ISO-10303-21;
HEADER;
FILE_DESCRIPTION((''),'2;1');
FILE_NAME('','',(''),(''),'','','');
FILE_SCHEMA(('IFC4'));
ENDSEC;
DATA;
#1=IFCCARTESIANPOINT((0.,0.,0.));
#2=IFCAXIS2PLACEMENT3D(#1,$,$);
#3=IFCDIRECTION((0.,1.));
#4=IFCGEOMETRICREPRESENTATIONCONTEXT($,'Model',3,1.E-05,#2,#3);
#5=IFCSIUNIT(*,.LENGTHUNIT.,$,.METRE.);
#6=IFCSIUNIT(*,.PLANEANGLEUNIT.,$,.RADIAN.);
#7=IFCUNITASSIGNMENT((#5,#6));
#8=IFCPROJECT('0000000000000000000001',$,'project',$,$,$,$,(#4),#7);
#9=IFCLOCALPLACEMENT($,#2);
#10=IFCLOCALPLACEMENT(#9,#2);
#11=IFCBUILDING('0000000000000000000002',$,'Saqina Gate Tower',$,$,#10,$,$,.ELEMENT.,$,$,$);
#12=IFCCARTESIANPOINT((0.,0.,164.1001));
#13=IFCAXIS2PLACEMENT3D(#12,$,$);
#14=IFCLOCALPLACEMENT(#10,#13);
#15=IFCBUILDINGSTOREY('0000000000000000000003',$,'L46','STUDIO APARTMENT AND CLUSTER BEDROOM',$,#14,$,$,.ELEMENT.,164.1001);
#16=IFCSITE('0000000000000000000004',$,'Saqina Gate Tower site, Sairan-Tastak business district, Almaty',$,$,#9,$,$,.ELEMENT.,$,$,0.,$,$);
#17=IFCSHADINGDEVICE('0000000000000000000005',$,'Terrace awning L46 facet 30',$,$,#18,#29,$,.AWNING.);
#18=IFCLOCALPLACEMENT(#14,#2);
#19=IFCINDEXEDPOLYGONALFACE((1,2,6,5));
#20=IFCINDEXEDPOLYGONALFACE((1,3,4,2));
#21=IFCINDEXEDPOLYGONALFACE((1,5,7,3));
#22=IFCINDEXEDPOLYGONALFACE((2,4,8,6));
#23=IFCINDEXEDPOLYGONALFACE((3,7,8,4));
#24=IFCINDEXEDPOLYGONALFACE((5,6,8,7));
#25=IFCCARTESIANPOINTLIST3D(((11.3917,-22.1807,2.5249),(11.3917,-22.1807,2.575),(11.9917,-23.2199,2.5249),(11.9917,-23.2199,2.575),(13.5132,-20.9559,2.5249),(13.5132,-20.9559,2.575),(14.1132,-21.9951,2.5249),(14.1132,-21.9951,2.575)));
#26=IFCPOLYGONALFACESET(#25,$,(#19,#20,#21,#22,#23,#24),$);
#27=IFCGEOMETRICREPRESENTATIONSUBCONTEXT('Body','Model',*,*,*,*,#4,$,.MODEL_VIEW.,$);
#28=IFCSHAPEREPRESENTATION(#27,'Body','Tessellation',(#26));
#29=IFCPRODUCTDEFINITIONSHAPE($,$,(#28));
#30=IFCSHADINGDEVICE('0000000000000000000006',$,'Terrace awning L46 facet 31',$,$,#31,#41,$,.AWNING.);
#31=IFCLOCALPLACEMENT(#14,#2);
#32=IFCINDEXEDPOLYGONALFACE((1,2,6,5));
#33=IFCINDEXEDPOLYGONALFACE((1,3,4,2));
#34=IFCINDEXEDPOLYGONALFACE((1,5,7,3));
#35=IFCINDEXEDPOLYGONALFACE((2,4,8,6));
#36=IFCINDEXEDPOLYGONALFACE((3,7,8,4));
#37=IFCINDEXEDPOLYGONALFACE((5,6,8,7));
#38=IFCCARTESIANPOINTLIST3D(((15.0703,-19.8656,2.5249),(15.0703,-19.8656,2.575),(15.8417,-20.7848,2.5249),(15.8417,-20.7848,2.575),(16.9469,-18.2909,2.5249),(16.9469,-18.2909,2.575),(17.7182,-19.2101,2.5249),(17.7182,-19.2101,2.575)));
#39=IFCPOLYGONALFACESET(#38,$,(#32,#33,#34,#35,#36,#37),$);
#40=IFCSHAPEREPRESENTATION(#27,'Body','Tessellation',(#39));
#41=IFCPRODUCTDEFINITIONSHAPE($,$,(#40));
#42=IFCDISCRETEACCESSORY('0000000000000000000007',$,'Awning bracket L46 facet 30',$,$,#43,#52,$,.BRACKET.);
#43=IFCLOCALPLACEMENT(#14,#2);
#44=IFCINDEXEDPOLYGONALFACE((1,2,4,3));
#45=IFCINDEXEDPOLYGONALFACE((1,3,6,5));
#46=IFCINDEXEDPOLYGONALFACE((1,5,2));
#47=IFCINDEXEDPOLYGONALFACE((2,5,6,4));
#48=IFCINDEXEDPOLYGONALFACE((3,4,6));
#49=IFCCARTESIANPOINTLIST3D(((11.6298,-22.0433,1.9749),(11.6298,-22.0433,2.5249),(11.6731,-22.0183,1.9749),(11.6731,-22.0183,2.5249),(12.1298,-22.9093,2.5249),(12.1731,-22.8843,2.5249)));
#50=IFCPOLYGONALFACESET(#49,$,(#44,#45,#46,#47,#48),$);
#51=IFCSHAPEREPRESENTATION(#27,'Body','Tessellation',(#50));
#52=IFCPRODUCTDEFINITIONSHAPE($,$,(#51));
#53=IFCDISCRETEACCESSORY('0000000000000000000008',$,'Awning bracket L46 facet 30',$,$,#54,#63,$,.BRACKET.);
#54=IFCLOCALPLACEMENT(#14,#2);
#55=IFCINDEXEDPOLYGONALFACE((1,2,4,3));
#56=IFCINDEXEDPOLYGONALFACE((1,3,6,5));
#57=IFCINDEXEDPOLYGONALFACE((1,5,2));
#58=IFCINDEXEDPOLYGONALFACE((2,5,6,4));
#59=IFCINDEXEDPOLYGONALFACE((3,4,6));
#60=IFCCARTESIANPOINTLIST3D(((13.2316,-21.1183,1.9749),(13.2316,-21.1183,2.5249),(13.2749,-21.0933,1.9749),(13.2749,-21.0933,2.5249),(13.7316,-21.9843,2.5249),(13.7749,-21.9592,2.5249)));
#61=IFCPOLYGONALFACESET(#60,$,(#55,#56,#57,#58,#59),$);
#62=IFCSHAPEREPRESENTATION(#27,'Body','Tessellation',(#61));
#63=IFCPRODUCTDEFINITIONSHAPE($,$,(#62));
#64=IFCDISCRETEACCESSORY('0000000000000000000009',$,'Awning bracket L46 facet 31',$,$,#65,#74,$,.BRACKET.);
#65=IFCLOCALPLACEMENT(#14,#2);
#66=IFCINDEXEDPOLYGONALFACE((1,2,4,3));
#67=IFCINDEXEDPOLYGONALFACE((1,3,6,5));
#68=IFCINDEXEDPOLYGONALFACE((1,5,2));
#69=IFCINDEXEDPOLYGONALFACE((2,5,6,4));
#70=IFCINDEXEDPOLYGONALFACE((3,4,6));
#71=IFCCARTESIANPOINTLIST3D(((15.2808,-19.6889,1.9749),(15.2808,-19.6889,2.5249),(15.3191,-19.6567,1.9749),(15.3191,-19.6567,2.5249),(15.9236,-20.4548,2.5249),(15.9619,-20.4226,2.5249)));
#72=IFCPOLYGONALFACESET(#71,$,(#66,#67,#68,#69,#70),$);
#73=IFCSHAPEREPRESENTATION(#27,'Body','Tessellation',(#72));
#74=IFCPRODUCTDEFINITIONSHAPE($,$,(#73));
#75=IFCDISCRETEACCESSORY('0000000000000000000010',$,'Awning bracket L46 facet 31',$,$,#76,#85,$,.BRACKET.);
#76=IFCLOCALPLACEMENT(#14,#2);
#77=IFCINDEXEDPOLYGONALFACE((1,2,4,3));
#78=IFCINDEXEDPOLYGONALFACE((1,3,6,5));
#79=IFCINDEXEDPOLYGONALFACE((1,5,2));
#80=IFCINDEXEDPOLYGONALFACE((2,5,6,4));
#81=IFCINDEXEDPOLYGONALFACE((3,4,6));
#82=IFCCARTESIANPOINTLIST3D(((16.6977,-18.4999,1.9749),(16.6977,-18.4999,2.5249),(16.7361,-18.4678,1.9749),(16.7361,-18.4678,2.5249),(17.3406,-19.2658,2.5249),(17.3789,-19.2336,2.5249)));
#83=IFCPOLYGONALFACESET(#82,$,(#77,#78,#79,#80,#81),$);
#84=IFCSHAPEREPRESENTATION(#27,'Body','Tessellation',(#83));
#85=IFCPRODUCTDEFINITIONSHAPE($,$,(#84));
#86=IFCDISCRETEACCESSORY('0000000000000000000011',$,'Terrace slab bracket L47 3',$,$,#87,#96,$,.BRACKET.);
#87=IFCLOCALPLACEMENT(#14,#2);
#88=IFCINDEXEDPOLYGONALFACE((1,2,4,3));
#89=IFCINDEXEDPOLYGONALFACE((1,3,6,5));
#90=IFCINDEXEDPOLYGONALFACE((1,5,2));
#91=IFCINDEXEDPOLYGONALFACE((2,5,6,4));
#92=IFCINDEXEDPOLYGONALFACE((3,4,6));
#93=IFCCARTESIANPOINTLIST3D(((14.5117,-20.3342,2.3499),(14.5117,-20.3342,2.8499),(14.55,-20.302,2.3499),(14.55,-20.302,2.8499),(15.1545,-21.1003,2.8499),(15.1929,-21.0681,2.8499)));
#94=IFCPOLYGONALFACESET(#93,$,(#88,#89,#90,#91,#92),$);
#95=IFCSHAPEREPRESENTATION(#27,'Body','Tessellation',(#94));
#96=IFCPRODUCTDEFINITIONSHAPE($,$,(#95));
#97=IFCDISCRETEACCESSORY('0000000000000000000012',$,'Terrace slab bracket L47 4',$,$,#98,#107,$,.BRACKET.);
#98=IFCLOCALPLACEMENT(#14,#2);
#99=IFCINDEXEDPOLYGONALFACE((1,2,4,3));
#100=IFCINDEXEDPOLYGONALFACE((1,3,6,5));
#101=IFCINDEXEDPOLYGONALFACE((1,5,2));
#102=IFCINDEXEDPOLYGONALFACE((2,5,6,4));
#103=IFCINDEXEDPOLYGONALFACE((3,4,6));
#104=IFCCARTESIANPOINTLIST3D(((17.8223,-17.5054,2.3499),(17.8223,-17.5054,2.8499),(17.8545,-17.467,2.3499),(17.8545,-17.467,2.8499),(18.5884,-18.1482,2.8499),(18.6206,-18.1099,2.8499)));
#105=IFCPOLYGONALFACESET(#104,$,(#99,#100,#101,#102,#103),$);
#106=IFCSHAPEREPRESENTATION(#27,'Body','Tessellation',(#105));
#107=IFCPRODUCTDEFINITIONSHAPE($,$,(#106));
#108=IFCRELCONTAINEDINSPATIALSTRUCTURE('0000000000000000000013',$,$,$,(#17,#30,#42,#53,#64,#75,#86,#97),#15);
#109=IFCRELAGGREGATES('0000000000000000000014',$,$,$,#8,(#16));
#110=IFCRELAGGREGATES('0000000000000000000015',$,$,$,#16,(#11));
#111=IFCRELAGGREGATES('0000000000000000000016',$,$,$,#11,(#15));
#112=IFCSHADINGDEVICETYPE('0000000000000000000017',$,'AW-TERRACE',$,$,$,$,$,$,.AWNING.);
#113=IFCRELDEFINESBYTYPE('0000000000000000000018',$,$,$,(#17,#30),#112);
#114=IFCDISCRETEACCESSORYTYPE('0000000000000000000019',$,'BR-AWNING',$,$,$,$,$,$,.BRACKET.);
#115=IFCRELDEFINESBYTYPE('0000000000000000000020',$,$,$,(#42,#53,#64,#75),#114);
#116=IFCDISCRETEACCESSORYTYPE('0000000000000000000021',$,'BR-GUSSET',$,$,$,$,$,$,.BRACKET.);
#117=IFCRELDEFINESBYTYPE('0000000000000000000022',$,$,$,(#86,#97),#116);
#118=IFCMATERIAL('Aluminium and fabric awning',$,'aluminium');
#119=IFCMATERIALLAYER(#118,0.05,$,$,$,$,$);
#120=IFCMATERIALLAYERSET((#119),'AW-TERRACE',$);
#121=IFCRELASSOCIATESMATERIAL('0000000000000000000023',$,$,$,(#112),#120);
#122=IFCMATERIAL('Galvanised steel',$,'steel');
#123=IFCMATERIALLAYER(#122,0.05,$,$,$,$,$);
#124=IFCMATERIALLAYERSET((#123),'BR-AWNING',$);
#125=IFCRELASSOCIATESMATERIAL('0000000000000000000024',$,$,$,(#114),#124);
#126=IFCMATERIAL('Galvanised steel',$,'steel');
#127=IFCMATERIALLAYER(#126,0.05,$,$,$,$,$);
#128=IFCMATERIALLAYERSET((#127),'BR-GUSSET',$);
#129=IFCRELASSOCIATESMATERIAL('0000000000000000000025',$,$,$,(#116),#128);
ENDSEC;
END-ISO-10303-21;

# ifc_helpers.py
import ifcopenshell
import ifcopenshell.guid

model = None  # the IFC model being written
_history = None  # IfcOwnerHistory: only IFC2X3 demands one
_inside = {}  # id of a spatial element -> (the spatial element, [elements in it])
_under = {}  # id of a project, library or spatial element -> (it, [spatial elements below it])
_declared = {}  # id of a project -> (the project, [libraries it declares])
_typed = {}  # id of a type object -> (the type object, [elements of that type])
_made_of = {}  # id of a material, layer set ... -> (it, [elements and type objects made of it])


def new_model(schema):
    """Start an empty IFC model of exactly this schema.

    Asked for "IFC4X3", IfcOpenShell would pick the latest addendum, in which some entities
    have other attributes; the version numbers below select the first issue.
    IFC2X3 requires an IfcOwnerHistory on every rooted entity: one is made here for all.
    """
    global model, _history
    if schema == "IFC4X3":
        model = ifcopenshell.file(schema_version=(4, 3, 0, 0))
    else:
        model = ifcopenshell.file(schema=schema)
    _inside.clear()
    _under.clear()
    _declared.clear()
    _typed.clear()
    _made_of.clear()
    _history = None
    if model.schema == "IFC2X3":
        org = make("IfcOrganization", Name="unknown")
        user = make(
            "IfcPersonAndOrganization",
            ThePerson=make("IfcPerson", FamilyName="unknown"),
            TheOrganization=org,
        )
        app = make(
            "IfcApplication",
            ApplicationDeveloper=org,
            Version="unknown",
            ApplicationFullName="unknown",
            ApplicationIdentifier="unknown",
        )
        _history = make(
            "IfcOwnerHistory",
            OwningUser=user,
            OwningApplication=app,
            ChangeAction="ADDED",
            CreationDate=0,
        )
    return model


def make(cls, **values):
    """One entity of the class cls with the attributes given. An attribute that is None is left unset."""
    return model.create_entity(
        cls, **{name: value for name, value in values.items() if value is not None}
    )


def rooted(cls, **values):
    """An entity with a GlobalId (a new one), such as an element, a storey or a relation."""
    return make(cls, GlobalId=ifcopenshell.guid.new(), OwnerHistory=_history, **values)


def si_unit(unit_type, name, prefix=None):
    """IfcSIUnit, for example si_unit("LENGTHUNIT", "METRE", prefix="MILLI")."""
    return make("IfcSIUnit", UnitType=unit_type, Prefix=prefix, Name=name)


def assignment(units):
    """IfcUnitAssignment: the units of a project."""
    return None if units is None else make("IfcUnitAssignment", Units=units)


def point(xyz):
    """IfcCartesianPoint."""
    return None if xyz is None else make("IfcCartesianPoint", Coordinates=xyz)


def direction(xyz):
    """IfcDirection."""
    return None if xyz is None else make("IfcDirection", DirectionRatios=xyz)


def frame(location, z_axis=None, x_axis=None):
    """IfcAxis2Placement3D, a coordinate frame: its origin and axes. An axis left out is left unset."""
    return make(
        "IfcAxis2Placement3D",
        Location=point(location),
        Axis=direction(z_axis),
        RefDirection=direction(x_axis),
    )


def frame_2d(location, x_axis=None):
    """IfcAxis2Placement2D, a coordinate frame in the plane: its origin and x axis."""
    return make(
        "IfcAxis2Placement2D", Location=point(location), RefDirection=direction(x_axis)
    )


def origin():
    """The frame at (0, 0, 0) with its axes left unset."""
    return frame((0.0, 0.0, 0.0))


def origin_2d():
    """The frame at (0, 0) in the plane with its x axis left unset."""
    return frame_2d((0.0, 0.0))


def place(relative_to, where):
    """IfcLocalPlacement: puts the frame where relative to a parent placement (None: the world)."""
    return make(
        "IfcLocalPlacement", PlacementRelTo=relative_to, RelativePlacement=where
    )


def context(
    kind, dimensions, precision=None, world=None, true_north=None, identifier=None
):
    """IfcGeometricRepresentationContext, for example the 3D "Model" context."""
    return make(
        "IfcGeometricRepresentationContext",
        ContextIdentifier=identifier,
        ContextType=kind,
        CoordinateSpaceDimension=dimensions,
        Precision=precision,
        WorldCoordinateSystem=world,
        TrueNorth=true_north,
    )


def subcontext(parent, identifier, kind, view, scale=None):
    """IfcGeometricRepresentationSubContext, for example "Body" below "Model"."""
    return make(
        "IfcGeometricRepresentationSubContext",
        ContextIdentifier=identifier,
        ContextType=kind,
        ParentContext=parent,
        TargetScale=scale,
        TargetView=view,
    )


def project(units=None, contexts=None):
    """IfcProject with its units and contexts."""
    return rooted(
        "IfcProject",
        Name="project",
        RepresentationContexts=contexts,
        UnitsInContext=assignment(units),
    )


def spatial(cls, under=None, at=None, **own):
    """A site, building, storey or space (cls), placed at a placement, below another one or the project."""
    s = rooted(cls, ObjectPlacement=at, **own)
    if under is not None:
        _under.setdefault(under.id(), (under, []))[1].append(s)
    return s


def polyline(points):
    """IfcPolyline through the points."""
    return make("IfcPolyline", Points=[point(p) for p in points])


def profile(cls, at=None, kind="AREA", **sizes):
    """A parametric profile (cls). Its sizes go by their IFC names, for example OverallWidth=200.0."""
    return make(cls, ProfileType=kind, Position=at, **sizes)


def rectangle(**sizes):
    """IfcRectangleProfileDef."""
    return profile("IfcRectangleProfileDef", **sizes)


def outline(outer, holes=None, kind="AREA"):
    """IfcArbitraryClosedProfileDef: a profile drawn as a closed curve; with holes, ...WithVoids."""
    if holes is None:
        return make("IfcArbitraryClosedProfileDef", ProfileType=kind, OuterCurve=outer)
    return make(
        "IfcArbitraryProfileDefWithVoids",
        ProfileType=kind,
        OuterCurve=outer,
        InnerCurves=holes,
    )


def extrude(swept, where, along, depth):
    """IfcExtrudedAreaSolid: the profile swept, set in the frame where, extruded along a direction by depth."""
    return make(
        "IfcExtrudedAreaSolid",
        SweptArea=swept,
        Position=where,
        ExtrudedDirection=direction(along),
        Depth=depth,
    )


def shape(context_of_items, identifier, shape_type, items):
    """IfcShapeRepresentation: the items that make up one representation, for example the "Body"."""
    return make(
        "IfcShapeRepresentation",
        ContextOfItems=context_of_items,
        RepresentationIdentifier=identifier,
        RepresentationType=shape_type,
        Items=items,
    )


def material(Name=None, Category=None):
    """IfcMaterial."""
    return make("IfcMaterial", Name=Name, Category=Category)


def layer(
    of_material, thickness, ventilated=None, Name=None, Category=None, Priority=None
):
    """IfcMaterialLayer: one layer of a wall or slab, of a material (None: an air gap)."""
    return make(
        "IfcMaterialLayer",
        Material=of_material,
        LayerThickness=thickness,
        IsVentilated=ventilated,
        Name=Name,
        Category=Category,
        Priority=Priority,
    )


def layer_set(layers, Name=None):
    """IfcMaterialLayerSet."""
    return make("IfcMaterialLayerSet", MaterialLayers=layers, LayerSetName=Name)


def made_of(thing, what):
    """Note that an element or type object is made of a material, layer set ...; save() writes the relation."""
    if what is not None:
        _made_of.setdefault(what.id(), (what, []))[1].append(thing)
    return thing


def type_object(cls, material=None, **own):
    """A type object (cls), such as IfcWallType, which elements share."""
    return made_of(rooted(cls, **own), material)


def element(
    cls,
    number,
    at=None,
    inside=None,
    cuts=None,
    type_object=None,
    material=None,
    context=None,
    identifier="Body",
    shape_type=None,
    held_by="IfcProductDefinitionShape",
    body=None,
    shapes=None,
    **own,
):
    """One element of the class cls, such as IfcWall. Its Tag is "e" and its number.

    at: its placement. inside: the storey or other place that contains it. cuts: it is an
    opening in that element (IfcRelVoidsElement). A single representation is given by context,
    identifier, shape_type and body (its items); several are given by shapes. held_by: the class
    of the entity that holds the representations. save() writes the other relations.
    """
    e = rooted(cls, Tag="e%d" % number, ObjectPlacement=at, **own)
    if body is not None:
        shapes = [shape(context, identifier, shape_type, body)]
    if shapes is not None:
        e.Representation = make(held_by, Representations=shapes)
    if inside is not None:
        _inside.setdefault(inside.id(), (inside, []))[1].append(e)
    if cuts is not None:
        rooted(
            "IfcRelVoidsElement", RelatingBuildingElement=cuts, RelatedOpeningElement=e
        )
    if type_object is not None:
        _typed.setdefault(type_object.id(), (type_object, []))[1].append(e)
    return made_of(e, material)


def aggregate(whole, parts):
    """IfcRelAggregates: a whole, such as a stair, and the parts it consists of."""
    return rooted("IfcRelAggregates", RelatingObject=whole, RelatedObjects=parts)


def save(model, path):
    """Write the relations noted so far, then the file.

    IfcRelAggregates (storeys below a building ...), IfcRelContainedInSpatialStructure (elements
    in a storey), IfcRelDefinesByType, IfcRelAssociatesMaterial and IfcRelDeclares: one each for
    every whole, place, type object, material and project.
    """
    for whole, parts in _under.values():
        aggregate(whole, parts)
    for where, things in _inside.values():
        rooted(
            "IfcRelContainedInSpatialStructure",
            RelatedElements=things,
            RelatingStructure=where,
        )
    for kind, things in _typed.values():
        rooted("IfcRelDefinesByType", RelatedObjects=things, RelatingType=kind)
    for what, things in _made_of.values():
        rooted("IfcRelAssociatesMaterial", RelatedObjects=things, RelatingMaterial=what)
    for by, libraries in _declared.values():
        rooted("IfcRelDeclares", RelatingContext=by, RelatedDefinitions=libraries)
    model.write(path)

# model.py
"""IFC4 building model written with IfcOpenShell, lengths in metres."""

from ifc_helpers import new_model, si_unit, direction, frame, origin, origin_2d, place, context, subcontext, project, spatial, polyline, rectangle, outline, extrude, material, layer, layer_set, type_object, element, save


model = new_model("IFC4")

# Units and contexts
model_context = context("Model", 3, precision=1e-05, world=origin(), true_north=direction((0.0, 1.0)))
body_context = subcontext(model_context, "Body", "Model", "MODEL_VIEW")
ifc_project = project(units=[si_unit("LENGTHUNIT", "METRE"), si_unit("PLANEANGLEUNIT", "RADIAN")], contexts=[model_context])

# Site, building, storey
site_placement = place(None, origin())
site = spatial("IfcSite", under=ifc_project, at=site_placement, Name="Saqina Gate Tower site, Sairan-Tastak business district, Almaty", CompositionType="ELEMENT", RefElevation=0.0)
building_placement = place(site_placement, origin())
building = spatial("IfcBuilding", under=site, at=building_placement, Name="Saqina Gate Tower", CompositionType="ELEMENT")
storey_placement = place(building_placement, frame((0.0, 0.0, 164.1001)))
storey = spatial("IfcBuildingStorey", under=building, at=storey_placement, Name="L46", Description="STUDIO APARTMENT AND CLUSTER BEDROOM", CompositionType="ELEMENT", Elevation=164.1001)

# Shading devices
ifc_material_1 = material(Name="Aluminium and fabric awning", Category="aluminium")
ifc_layer_1 = layer(ifc_material_1, 0.05)
ifc_layer_set_1 = layer_set([ifc_layer_1], Name="AW-TERRACE")
shading_device_type = type_object("IfcShadingDeviceType", Name="AW-TERRACE", PredefinedType="AWNING", material=ifc_layer_set_1)
for number, where, z_axis, x_axis, name in (
    (1, (12.7524, -22.0879, 2.5249), (0.0, 0.0, 1.0), (0.866025, 0.5, 0.0), "Terrace awning L46 facet 30"),
    (2, (16.3943, -19.5378, 2.5249), (0.0, 0.0, 1.0), (0.766044, 0.642788, 0.0), "Terrace awning L46 facet 31"),
):
    element("IfcShadingDevice", number, at=place(storey_placement, frame(where, z_axis=z_axis, x_axis=x_axis)), inside=storey, type_object=shading_device_type, Name=name, PredefinedType="AWNING", context=body_context, shape_type="SweptSolid", body=[
        extrude(rectangle(XDim=2.4497, YDim=1.2, at=origin_2d()), origin(), (0.0, 0.0, 1.0), 0.05),
    ])

# Discrete accessories
ifc_material_2 = material(Name="Galvanised steel", Category="steel")
ifc_layer_2 = layer(ifc_material_2, 0.05)
ifc_layer_set_2 = layer_set([ifc_layer_2], Name="BR-AWNING")
discrete_accessory_type_1 = type_object("IfcDiscreteAccessoryType", Name="BR-AWNING", PredefinedType="BRACKET", material=ifc_layer_set_2)
for number, where, z_axis, x_axis, name in (
    (3, (11.6731, -22.0183, 1.9749), (0.866011, 0.500025, 0.0), (0.0, 0.0, 1.0), "Awning bracket L46 facet 30"),
    (4, (13.2749, -21.0933, 1.9749), (0.866011, 0.500025, 0.0), (0.0, 0.0, 1.0), "Awning bracket L46 facet 30"),
):
    element("IfcDiscreteAccessory", number, at=place(storey_placement, frame(where, z_axis=z_axis, x_axis=x_axis)), inside=storey, type_object=discrete_accessory_type_1, Name=name, PredefinedType="BRACKET", context=body_context, shape_type="SweptSolid", body=[
        extrude(outline(polyline([(0.0, 0.0), (0.55, 0.0), (0.55, 0.9999), (0.0, 0.0)])), origin(), (0.0, 0.0, -1.0), 0.05),
    ])
for number, where, z_axis, x_axis, name in (
    (5, (15.3191, -19.6567, 1.9749), (0.765955, 0.642894, 0.0), (0.0, 0.0, 1.0), "Awning bracket L46 facet 31"),
    (6, (16.7361, -18.4678, 1.9749), (0.765955, 0.642894, 0.0), (0.0, 0.0, 1.0), "Awning bracket L46 facet 31"),
):
    element("IfcDiscreteAccessory", number, at=place(storey_placement, frame(where, z_axis=z_axis, x_axis=x_axis)), inside=storey, type_object=discrete_accessory_type_1, Name=name, PredefinedType="BRACKET", context=body_context, shape_type="SweptSolid", body=[
        extrude(outline(polyline([(0.0, 0.0), (0.55, 0.0), (0.55, 0.9999), (0.0, 0.0)])), origin(), (0.0, 0.0, -1.0), 0.05),
    ])
ifc_material_3 = material(Name="Galvanised steel", Category="steel")
ifc_layer_3 = layer(ifc_material_3, 0.05)
ifc_layer_set_3 = layer_set([ifc_layer_3], Name="BR-GUSSET")
discrete_accessory_type_2 = type_object("IfcDiscreteAccessoryType", Name="BR-GUSSET", PredefinedType="BRACKET", material=ifc_layer_set_3)
for number, where, z_axis, x_axis, name in (
    (7, (14.55, -20.302, 2.3499), (0.766056, 0.642774, 0.0), (0.0, 0.0, 1.0), "Terrace slab bracket L47 3"),
    (8, (17.8545, -17.467, 2.3499), (0.642774, 0.766056, 0.0), (0.0, 0.0, 1.0), "Terrace slab bracket L47 4"),
):
    element("IfcDiscreteAccessory", number, at=place(storey_placement, frame(where, z_axis=z_axis, x_axis=x_axis)), inside=storey, type_object=discrete_accessory_type_2, Name=name, PredefinedType="BRACKET", context=body_context, shape_type="SweptSolid", body=[
        extrude(outline(polyline([(0.0, 0.0), (0.5, 0.0), (0.5, 1.0001), (0.0, 0.0)])), origin(), (0.0, 0.0, -1.0), 0.05),
    ])

save(model, "model.ifc")
